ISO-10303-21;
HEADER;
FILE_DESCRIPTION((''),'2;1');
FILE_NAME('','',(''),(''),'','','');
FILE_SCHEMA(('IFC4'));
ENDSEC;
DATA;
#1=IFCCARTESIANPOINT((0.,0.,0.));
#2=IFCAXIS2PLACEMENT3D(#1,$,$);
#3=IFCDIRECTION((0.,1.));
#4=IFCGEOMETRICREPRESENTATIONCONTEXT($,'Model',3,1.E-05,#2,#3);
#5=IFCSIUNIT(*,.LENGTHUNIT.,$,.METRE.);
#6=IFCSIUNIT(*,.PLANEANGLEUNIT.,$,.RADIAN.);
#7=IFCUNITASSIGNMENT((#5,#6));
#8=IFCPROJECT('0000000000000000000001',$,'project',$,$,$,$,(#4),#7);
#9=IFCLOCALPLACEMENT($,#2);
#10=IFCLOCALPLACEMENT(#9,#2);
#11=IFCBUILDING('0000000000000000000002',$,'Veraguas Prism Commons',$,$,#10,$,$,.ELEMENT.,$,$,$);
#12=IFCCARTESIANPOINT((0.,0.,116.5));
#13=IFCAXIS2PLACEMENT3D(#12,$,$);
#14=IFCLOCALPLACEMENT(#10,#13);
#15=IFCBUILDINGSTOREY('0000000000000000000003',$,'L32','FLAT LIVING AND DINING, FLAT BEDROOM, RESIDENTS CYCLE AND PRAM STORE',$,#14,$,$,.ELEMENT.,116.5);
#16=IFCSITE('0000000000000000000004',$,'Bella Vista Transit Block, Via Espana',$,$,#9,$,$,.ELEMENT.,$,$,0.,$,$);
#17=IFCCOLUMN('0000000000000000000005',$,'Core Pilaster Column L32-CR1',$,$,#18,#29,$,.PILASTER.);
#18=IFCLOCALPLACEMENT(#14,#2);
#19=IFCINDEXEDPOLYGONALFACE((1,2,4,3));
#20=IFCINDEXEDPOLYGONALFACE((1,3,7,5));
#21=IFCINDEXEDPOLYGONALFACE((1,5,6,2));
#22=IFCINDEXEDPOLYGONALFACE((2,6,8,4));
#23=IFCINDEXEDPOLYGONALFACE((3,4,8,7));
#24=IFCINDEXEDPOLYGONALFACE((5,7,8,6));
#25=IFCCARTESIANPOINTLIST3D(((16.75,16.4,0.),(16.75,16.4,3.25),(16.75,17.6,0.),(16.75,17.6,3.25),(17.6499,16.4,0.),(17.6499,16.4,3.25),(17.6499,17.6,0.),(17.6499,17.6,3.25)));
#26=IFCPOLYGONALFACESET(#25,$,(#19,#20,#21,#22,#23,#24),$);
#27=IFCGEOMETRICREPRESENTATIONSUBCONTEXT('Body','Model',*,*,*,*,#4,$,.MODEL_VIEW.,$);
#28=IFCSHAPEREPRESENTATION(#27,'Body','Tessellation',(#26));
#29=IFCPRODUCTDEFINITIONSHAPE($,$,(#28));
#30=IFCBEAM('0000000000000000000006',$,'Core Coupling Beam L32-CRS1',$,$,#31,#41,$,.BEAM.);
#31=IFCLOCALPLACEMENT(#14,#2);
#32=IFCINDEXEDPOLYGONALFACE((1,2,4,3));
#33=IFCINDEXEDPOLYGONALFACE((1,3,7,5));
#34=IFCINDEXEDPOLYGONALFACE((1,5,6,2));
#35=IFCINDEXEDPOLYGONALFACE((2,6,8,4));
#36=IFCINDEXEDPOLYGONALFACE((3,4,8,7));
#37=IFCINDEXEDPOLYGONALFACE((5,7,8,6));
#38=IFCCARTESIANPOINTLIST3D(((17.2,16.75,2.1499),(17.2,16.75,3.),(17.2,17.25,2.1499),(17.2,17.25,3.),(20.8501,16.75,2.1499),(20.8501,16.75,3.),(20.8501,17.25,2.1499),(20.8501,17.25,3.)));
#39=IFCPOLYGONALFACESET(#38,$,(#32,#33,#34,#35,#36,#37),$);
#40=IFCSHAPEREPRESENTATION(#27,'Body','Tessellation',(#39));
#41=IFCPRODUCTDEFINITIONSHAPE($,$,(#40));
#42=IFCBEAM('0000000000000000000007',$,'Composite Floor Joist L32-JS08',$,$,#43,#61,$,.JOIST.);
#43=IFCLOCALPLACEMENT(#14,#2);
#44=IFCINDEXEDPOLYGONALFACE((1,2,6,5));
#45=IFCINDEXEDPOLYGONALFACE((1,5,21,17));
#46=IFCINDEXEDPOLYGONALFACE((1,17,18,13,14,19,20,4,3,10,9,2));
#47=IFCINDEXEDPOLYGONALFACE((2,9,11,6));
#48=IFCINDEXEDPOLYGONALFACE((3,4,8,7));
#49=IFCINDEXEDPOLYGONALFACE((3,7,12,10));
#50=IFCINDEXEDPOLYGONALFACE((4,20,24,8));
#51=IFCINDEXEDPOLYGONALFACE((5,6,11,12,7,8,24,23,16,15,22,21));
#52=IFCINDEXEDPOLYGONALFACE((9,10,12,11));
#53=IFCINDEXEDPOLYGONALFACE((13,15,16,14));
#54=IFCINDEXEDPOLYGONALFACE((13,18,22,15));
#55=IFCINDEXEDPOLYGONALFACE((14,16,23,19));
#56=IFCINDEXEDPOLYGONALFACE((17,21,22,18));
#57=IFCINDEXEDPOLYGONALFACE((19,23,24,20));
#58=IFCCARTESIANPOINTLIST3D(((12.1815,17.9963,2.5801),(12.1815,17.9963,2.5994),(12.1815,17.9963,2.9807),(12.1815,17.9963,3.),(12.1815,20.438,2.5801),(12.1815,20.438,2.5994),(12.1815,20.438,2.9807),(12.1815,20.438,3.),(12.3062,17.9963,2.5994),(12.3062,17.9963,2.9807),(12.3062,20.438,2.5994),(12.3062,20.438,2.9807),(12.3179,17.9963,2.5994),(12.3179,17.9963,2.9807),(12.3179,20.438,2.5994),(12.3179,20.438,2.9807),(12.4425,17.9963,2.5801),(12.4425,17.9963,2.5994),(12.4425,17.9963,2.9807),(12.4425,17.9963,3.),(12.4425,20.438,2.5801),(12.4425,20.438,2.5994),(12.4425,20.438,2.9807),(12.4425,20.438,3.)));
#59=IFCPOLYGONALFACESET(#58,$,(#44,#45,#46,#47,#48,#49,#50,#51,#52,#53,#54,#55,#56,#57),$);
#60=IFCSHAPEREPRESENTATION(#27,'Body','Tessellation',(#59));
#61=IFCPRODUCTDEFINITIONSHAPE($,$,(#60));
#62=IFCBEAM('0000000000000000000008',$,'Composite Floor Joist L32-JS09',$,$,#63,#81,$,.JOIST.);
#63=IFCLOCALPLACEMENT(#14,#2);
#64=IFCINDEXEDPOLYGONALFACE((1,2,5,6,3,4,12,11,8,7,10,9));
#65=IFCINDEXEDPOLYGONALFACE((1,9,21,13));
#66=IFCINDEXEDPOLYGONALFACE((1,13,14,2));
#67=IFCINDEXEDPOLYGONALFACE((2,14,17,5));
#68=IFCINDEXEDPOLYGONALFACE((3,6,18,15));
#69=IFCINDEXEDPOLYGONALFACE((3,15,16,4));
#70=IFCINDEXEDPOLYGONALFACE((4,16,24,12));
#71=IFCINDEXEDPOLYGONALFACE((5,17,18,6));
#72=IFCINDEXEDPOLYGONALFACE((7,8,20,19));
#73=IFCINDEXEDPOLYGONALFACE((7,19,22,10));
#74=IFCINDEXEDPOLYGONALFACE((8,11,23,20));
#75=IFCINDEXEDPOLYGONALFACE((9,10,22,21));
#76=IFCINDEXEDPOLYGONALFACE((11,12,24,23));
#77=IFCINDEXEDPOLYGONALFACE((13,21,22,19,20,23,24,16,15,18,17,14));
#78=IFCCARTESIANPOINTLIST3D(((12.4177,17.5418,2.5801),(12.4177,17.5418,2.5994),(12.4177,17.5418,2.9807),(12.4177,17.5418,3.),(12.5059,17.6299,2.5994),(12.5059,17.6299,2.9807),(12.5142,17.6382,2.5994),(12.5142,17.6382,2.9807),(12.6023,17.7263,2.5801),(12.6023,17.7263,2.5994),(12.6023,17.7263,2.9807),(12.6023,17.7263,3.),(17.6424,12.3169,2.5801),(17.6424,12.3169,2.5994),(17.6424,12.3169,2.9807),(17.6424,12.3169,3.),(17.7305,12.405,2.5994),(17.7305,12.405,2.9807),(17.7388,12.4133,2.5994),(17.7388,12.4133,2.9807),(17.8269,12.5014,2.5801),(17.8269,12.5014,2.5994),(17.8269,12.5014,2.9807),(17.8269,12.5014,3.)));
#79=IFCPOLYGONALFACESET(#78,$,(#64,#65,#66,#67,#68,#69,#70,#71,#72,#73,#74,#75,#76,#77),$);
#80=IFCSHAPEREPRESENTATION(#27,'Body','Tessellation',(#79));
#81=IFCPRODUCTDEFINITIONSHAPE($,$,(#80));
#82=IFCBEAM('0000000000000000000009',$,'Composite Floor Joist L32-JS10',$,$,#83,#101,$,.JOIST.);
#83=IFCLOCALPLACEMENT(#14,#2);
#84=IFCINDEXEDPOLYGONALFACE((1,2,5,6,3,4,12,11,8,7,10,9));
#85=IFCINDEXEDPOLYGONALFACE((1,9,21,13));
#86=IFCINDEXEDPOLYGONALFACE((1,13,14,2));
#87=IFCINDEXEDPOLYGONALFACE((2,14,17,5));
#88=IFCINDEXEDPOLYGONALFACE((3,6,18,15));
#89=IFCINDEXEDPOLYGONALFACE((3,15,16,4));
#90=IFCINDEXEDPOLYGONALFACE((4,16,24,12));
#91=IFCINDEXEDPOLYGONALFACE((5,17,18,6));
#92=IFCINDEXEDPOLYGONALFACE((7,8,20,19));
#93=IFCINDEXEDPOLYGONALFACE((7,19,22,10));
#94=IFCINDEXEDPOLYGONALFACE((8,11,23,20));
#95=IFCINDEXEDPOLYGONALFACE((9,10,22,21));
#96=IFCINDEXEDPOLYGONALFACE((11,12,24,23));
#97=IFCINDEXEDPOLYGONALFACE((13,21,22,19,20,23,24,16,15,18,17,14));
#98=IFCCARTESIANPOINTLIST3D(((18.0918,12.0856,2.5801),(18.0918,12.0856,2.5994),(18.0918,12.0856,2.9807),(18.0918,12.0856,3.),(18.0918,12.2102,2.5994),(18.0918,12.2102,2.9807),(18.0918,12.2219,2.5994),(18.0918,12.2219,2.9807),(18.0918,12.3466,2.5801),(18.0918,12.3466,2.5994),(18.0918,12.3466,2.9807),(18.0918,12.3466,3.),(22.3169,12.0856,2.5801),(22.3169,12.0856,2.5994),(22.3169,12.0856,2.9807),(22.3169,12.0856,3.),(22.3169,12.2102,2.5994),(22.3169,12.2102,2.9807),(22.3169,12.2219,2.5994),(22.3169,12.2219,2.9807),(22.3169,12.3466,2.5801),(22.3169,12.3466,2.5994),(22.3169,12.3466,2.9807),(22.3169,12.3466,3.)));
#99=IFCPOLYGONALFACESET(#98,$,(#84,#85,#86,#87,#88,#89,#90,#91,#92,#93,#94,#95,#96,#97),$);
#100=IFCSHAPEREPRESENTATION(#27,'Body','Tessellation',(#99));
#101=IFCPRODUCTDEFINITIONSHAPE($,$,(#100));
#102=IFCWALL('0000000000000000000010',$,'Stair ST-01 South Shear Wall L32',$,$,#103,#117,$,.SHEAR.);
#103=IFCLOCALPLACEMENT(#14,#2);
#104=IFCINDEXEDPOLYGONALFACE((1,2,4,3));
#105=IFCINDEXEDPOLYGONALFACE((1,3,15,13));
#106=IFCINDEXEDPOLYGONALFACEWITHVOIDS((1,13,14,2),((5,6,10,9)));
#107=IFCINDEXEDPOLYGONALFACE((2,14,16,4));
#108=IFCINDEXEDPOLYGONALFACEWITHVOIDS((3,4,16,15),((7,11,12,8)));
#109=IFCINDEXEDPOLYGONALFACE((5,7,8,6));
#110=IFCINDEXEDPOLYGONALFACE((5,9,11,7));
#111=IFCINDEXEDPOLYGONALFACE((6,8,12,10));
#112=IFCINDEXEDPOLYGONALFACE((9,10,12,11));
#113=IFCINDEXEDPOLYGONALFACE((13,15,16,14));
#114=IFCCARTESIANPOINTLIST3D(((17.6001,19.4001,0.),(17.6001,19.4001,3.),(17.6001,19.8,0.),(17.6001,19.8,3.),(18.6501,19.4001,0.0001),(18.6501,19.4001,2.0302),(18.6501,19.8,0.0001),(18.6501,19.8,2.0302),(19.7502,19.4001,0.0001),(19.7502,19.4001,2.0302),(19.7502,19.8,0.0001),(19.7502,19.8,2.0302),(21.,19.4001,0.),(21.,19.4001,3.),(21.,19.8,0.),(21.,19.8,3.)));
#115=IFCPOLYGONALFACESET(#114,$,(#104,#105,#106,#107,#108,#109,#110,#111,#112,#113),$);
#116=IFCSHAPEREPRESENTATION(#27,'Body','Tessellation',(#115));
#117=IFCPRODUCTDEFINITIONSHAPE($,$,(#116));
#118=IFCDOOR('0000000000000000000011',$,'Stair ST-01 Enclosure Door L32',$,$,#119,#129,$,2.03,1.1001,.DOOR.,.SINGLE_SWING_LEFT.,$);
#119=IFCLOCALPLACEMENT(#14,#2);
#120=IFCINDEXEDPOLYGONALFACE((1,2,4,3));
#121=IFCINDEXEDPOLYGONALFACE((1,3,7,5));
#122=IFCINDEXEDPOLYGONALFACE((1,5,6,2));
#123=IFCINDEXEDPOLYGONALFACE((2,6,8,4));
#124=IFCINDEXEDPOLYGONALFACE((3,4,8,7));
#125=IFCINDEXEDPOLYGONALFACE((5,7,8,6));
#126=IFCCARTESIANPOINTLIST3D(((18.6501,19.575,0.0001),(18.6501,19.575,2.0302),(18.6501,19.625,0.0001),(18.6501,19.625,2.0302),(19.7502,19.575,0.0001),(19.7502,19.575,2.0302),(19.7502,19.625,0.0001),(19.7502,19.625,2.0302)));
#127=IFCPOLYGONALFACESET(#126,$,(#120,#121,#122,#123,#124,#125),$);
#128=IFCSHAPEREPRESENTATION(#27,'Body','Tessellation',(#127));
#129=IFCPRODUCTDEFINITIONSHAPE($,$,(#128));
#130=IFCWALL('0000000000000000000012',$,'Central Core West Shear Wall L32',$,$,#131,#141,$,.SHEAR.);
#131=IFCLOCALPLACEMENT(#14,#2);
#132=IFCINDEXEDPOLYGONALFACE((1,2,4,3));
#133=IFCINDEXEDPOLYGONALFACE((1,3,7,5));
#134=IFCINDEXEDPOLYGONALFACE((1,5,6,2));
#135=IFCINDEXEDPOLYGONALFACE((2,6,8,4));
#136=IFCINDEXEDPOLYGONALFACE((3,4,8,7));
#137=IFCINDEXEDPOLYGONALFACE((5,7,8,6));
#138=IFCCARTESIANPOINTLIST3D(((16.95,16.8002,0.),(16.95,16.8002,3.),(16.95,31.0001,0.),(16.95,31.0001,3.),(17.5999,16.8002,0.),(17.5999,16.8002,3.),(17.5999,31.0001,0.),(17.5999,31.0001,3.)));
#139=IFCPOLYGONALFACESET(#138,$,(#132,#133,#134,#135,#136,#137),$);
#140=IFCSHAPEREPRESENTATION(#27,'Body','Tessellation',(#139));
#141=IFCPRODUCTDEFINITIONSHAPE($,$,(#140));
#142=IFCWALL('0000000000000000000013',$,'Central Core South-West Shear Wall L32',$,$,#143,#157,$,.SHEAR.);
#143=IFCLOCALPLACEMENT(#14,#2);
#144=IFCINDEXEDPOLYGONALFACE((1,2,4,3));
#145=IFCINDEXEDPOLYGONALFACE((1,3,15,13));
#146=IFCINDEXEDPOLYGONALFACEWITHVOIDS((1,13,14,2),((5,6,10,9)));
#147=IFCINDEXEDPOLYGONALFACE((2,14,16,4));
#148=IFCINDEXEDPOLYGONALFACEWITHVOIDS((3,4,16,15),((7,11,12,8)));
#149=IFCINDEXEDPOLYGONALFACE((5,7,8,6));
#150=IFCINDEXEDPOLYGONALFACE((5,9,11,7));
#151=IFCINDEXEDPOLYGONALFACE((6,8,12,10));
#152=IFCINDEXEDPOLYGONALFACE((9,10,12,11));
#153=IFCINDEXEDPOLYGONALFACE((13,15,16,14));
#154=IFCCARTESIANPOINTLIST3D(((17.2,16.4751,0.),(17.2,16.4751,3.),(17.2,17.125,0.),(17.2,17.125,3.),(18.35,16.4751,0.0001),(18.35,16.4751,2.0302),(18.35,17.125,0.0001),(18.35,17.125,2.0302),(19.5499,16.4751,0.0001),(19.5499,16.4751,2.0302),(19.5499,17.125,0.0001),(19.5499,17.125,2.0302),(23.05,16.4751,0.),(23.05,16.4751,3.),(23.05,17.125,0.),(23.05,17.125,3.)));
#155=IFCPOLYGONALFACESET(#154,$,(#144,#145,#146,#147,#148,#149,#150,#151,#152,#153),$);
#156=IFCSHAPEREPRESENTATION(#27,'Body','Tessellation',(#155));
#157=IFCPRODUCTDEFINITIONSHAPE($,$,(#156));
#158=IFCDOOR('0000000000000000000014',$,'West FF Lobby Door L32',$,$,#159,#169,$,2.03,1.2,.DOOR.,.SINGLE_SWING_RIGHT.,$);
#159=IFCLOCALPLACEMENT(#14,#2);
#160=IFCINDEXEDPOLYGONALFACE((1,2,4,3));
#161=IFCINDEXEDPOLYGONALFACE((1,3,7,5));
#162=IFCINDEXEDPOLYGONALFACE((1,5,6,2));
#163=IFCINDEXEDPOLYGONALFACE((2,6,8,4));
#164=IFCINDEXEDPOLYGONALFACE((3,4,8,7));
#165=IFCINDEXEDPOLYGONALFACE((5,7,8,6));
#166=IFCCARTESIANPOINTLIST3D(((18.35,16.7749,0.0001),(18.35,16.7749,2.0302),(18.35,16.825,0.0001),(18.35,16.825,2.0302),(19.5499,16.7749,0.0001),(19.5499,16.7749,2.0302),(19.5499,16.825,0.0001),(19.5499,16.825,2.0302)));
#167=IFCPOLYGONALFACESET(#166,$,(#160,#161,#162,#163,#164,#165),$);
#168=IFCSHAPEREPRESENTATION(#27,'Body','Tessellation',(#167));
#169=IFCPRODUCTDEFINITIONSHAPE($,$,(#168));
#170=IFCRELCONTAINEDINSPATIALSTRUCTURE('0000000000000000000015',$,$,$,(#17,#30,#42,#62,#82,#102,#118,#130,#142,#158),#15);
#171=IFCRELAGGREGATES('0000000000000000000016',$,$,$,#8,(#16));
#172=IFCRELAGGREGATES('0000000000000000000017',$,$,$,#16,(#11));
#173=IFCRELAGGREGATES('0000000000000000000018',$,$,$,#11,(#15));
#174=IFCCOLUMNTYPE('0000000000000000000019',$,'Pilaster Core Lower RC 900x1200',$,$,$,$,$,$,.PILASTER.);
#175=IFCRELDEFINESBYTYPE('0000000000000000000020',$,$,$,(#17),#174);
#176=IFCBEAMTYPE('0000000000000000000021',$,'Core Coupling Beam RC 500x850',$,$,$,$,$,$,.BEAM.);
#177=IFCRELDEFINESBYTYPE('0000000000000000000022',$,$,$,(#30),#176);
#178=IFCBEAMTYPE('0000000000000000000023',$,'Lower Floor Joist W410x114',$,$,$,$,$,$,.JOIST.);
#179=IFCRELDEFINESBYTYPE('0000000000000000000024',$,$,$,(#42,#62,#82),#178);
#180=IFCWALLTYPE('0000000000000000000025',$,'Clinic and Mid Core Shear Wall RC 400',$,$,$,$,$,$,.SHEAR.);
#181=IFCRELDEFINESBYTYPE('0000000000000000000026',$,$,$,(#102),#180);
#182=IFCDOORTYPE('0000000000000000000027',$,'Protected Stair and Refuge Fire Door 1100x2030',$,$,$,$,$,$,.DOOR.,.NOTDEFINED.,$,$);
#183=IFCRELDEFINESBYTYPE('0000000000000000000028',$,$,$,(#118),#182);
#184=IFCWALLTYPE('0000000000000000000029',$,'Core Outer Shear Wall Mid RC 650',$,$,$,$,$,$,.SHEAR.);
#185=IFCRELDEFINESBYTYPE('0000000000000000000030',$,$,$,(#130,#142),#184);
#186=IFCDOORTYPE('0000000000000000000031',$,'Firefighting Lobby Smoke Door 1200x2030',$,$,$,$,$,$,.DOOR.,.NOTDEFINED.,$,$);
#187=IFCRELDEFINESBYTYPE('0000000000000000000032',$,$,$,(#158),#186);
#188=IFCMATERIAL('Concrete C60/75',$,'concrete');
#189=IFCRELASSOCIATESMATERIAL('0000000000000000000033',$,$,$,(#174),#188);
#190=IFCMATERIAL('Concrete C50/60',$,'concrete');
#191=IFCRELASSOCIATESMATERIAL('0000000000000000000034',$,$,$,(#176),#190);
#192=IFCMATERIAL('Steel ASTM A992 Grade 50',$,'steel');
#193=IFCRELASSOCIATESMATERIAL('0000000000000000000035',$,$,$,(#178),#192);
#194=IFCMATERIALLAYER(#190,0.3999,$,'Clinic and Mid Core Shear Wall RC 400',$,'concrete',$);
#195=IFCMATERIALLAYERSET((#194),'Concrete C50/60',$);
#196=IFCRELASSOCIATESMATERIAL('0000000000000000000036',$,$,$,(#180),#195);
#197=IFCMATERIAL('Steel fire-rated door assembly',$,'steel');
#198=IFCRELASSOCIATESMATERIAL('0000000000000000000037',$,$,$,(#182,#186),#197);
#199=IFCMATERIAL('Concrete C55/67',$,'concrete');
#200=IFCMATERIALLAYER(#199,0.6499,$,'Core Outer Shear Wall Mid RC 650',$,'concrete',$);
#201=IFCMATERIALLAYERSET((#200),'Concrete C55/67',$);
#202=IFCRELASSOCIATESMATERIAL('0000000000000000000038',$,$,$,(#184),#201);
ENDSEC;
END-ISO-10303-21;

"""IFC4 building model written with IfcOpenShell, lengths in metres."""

from ifc_helpers import new_model, si_unit, direction, frame, frame_2d, origin, origin_2d, place, context, subcontext, project, spatial, rectangle, i_section, extrude, source, transform, mapped, material, layer, layer_set, material_profile, profile_set, type_object, element, fill, save


model = new_model("IFC4")

# Units and contexts
model_context = context("Model", 3, precision=1e-05, world=origin(), true_north=direction((0.0, 1.0)))
body_context = subcontext(model_context, "Body", "Model", "MODEL_VIEW")
ifc_project = project(units=[si_unit("LENGTHUNIT", "METRE"), si_unit("PLANEANGLEUNIT", "RADIAN")], contexts=[model_context])

# Site, building, storey
site_placement = place(None, origin())
site = spatial("IfcSite", under=ifc_project, at=site_placement, Name="Bella Vista Transit Block, Via Espana", CompositionType="ELEMENT", RefElevation=0.0)
building_placement = place(site_placement, origin())
building = spatial("IfcBuilding", under=site, at=building_placement, Name="Veraguas Prism Commons", CompositionType="ELEMENT")
storey_placement = place(building_placement, frame((0.0, 0.0, 116.5)))
storey = spatial("IfcBuildingStorey", under=building, at=storey_placement, Name="L32", Description="FLAT LIVING AND DINING, FLAT BEDROOM, RESIDENTS CYCLE AND PRAM STORE", CompositionType="ELEMENT", Elevation=116.5)

# Column
ifc_material_1 = material(Name="Concrete C60/75", Category="concrete")
ifc_material_profile_1 = material_profile(ifc_material_1, rectangle(XDim=0.8999, YDim=1.2, at=origin_2d()), Name="RC900X1200")
ifc_profile_set_1 = profile_set([ifc_material_profile_1], Name="Concrete C60/75")
column_type = type_object("IfcColumnType", Name="Pilaster Core Lower RC 900x1200", PredefinedType="PILASTER", material=ifc_profile_set_1)
column_placement = place(storey_placement, frame((17.2, 17.0, 0.0), z_axis=(0.0, 0.0, 1.0), x_axis=(1.0, 0.0, 0.0)))
element("IfcColumn", 1, at=column_placement, inside=storey, type_object=column_type, Name="Core Pilaster Column L32-CR1", PredefinedType="PILASTER", context=body_context, shape_type="SweptSolid", body=[
    extrude(rectangle(XDim=0.8999, YDim=1.2, at=origin_2d()), origin(), (0.0, 0.0, 1.0), 3.25),
])

# Beams
ifc_material_2 = material(Name="Concrete C50/60", Category="concrete")
ifc_material_profile_2 = material_profile(ifc_material_2, rectangle(XDim=0.5, YDim=0.8501, at=origin_2d()), Name="RC500X850")
ifc_profile_set_2 = profile_set([ifc_material_profile_2], Name="Concrete C50/60")
beam_type_1 = type_object("IfcBeamType", Name="Core Coupling Beam RC 500x850", PredefinedType="BEAM", material=ifc_profile_set_2)
beam_1_placement = place(storey_placement, frame((17.2, 17.0, 2.575), z_axis=(1.0, 0.0, 0.0), x_axis=(0.0, 1.0, 0.0)))
element("IfcBeam", 2, at=beam_1_placement, inside=storey, type_object=beam_type_1, Name="Core Coupling Beam L32-CRS1", PredefinedType="BEAM", context=body_context, shape_type="SweptSolid", body=[
    extrude(rectangle(XDim=0.5, YDim=0.8501, at=origin_2d()), origin(), (0.0, 0.0, 1.0), 3.6501),
])
ifc_material_3 = material(Name="Steel ASTM A992 Grade 50", Category="steel")
ifc_material_profile_3 = material_profile(ifc_material_3, i_section(OverallWidth=0.261, OverallDepth=0.4199, WebThickness=0.0117, FlangeThickness=0.0193, at=origin_2d()), Name="W410X114")
ifc_profile_set_3 = profile_set([ifc_material_profile_3], Name="Steel ASTM A992 Grade 50")
beam_type_2 = type_object("IfcBeamType", Name="Lower Floor Joist W410x114", PredefinedType="JOIST", material=ifc_profile_set_3)
beam_2_placement = place(storey_placement, frame((12.312, 20.438, 2.79), z_axis=(0.0, -1.0, 0.0), x_axis=(1.0, 0.0, 0.0)))
element("IfcBeam", 3, at=beam_2_placement, inside=storey, type_object=beam_type_2, Name="Composite Floor Joist L32-JS08", PredefinedType="JOIST", context=body_context, shape_type="SweptSolid", body=[
    extrude(i_section(OverallWidth=0.261, OverallDepth=0.4199, WebThickness=0.0117, FlangeThickness=0.0193, at=origin_2d()), origin(), (0.0, 0.0, 1.0), 2.4417),
])
beam_3_placement = place(storey_placement, frame((12.51, 17.634, 2.79), z_axis=(0.70709, -0.707123, 0.0), x_axis=(0.707123, 0.70709, 0.0)))
element("IfcBeam", 4, at=beam_3_placement, inside=storey, type_object=beam_type_2, Name="Composite Floor Joist L32-JS09", PredefinedType="JOIST", context=body_context, shape_type="SweptSolid", body=[
    extrude(i_section(OverallWidth=0.261, OverallDepth=0.4199, WebThickness=0.0117, FlangeThickness=0.0193, at=origin_2d()), origin(), (0.0, 0.0, 1.0), 7.3889),
])
beam_4_placement = place(storey_placement, frame((18.0918, 12.2161, 2.79), z_axis=(1.0, 0.0, 0.0), x_axis=(0.0, 1.0, 0.0)))
element("IfcBeam", 5, at=beam_4_placement, inside=storey, type_object=beam_type_2, Name="Composite Floor Joist L32-JS10", PredefinedType="JOIST", context=body_context, shape_type="SweptSolid", body=[
    extrude(i_section(OverallWidth=0.261, OverallDepth=0.4199, WebThickness=0.0117, FlangeThickness=0.0193, at=origin_2d()), origin(), (0.0, 0.0, 1.0), 4.2251),
])

# Wall, opening, door
ifc_layer_1 = layer(ifc_material_2, 0.3999, Name="Clinic and Mid Core Shear Wall RC 400", Category="concrete")
ifc_layer_set_1 = layer_set([ifc_layer_1], Name="Concrete C50/60")
wall_type_1 = type_object("IfcWallType", Name="Clinic and Mid Core Shear Wall RC 400", PredefinedType="SHEAR", material=ifc_layer_set_1)
wall_1_placement = place(storey_placement, frame((17.6001, 19.6001, 0.0), z_axis=(0.0, 0.0, 1.0), x_axis=(1.0, 0.0, 0.0)))
wall_1 = element("IfcWall", 6, at=wall_1_placement, inside=storey, type_object=wall_type_1, Name="Stair ST-01 South Shear Wall L32", PredefinedType="SHEAR", context=body_context, shape_type="SweptSolid", body=[
    extrude(rectangle(XDim=3.3999, YDim=0.3999, at=frame_2d((1.7, 0.0))), origin(), (0.0, 0.0, 1.0), 3.0),
])
opening_1_placement = place(wall_1_placement, frame((1.05, 0.0, 0.0)))
opening_1 = element("IfcOpeningElement", 7, at=opening_1_placement, cuts=wall_1, PredefinedType="OPENING", context=body_context, shape_type="SweptSolid", body=[
    extrude(rectangle(XDim=1.1001, YDim=2.03, at=frame_2d((0.55, 1.0151))), frame((0.0, 0.21, 0.0), z_axis=(0.0, -1.0, 0.0), x_axis=(1.0, 0.0, 0.0)), (0.0, 0.0, 1.0), 0.4199),
])
ifc_material_4 = material(Name="Steel fire-rated door assembly", Category="steel")
door_type_1 = type_object("IfcDoorType", Name="Protected Stair and Refuge Fire Door 1100x2030", OperationType="NOTDEFINED", PredefinedType="DOOR", material=ifc_material_4)
shared_shape_1 = source(origin(), body_context, "Body", "SweptSolid", [
    extrude(rectangle(XDim=1.1001, YDim=2.03, at=frame_2d((0.55, 1.0151))), frame((0.0, 0.0249, 0.0), z_axis=(0.0, -1.0, 0.0), x_axis=(1.0, 0.0, 0.0)), (0.0, 0.0, 1.0), 0.05),
])
door_1_placement = place(opening_1_placement, origin())
door_1 = element("IfcDoor", 8, at=door_1_placement, inside=storey, type_object=door_type_1, Name="Stair ST-01 Enclosure Door L32", OperationType="SINGLE_SWING_LEFT", OverallHeight=2.03, OverallWidth=1.1001, PredefinedType="DOOR", context=body_context, shape_type="MappedRepresentation", body=[
    mapped(shared_shape_1, transform((0.0, 0.0, 0.0), scale=1.0)),
])
fill(opening_1, door_1)

# Wall
ifc_material_5 = material(Name="Concrete C55/67", Category="concrete")
ifc_layer_2 = layer(ifc_material_5, 0.6499, Name="Core Outer Shear Wall Mid RC 650", Category="concrete")
ifc_layer_set_2 = layer_set([ifc_layer_2], Name="Concrete C55/67")
wall_type_2 = type_object("IfcWallType", Name="Core Outer Shear Wall Mid RC 650", PredefinedType="SHEAR", material=ifc_layer_set_2)
wall_2_placement = place(storey_placement, frame((17.2749, 16.8, 0.0), z_axis=(0.0, 0.0, 1.0), x_axis=(0.0, 1.0, 0.0)))
element("IfcWall", 9, at=wall_2_placement, inside=storey, type_object=wall_type_2, Name="Central Core West Shear Wall L32", PredefinedType="SHEAR", context=body_context, shape_type="SweptSolid", body=[
    extrude(rectangle(XDim=14.2, YDim=0.6499, at=frame_2d((7.1001, 0.0))), origin(), (0.0, 0.0, 1.0), 3.0),
])

# Wall, opening, door
wall_3_placement = place(storey_placement, frame((17.2, 16.8, 0.0), z_axis=(0.0, 0.0, 1.0), x_axis=(1.0, 0.0, 0.0)))
wall_3 = element("IfcWall", 10, at=wall_3_placement, inside=storey, type_object=wall_type_2, Name="Central Core South-West Shear Wall L32", PredefinedType="SHEAR", context=body_context, shape_type="SweptSolid", body=[
    extrude(rectangle(XDim=5.8501, YDim=0.6499, at=frame_2d((2.925, 0.0))), origin(), (0.0, 0.0, 1.0), 3.0),
])
opening_2_placement = place(wall_3_placement, frame((1.1499, 0.0, 0.0)))
opening_2 = element("IfcOpeningElement", 11, at=opening_2_placement, cuts=wall_3, PredefinedType="OPENING", context=body_context, shape_type="SweptSolid", body=[
    extrude(rectangle(XDim=1.2, YDim=2.03, at=frame_2d((0.6001, 1.0151))), frame((0.0, 0.335, 0.0), z_axis=(0.0, -1.0, 0.0), x_axis=(1.0, 0.0, 0.0)), (0.0, 0.0, 1.0), 0.6699),
])
door_type_2 = type_object("IfcDoorType", Name="Firefighting Lobby Smoke Door 1200x2030", OperationType="NOTDEFINED", PredefinedType="DOOR", material=ifc_material_4)
shared_shape_2 = source(origin(), body_context, "Body", "SweptSolid", [
    extrude(rectangle(XDim=1.2, YDim=2.03, at=frame_2d((0.6001, 1.0151))), frame((0.0, 0.0249, 0.0), z_axis=(0.0, -1.0, 0.0), x_axis=(1.0, 0.0, 0.0)), (0.0, 0.0, 1.0), 0.05),
])
door_2_placement = place(opening_2_placement, origin())
door_2 = element("IfcDoor", 12, at=door_2_placement, inside=storey, type_object=door_type_2, Name="West FF Lobby Door L32", OperationType="SINGLE_SWING_RIGHT", OverallHeight=2.03, OverallWidth=1.2, PredefinedType="DOOR", context=body_context, shape_type="MappedRepresentation", body=[
    mapped(shared_shape_2, transform((0.0, 0.0, 0.0), scale=1.0)),
])
fill(opening_2, door_2)

save(model, "model.ifc")
